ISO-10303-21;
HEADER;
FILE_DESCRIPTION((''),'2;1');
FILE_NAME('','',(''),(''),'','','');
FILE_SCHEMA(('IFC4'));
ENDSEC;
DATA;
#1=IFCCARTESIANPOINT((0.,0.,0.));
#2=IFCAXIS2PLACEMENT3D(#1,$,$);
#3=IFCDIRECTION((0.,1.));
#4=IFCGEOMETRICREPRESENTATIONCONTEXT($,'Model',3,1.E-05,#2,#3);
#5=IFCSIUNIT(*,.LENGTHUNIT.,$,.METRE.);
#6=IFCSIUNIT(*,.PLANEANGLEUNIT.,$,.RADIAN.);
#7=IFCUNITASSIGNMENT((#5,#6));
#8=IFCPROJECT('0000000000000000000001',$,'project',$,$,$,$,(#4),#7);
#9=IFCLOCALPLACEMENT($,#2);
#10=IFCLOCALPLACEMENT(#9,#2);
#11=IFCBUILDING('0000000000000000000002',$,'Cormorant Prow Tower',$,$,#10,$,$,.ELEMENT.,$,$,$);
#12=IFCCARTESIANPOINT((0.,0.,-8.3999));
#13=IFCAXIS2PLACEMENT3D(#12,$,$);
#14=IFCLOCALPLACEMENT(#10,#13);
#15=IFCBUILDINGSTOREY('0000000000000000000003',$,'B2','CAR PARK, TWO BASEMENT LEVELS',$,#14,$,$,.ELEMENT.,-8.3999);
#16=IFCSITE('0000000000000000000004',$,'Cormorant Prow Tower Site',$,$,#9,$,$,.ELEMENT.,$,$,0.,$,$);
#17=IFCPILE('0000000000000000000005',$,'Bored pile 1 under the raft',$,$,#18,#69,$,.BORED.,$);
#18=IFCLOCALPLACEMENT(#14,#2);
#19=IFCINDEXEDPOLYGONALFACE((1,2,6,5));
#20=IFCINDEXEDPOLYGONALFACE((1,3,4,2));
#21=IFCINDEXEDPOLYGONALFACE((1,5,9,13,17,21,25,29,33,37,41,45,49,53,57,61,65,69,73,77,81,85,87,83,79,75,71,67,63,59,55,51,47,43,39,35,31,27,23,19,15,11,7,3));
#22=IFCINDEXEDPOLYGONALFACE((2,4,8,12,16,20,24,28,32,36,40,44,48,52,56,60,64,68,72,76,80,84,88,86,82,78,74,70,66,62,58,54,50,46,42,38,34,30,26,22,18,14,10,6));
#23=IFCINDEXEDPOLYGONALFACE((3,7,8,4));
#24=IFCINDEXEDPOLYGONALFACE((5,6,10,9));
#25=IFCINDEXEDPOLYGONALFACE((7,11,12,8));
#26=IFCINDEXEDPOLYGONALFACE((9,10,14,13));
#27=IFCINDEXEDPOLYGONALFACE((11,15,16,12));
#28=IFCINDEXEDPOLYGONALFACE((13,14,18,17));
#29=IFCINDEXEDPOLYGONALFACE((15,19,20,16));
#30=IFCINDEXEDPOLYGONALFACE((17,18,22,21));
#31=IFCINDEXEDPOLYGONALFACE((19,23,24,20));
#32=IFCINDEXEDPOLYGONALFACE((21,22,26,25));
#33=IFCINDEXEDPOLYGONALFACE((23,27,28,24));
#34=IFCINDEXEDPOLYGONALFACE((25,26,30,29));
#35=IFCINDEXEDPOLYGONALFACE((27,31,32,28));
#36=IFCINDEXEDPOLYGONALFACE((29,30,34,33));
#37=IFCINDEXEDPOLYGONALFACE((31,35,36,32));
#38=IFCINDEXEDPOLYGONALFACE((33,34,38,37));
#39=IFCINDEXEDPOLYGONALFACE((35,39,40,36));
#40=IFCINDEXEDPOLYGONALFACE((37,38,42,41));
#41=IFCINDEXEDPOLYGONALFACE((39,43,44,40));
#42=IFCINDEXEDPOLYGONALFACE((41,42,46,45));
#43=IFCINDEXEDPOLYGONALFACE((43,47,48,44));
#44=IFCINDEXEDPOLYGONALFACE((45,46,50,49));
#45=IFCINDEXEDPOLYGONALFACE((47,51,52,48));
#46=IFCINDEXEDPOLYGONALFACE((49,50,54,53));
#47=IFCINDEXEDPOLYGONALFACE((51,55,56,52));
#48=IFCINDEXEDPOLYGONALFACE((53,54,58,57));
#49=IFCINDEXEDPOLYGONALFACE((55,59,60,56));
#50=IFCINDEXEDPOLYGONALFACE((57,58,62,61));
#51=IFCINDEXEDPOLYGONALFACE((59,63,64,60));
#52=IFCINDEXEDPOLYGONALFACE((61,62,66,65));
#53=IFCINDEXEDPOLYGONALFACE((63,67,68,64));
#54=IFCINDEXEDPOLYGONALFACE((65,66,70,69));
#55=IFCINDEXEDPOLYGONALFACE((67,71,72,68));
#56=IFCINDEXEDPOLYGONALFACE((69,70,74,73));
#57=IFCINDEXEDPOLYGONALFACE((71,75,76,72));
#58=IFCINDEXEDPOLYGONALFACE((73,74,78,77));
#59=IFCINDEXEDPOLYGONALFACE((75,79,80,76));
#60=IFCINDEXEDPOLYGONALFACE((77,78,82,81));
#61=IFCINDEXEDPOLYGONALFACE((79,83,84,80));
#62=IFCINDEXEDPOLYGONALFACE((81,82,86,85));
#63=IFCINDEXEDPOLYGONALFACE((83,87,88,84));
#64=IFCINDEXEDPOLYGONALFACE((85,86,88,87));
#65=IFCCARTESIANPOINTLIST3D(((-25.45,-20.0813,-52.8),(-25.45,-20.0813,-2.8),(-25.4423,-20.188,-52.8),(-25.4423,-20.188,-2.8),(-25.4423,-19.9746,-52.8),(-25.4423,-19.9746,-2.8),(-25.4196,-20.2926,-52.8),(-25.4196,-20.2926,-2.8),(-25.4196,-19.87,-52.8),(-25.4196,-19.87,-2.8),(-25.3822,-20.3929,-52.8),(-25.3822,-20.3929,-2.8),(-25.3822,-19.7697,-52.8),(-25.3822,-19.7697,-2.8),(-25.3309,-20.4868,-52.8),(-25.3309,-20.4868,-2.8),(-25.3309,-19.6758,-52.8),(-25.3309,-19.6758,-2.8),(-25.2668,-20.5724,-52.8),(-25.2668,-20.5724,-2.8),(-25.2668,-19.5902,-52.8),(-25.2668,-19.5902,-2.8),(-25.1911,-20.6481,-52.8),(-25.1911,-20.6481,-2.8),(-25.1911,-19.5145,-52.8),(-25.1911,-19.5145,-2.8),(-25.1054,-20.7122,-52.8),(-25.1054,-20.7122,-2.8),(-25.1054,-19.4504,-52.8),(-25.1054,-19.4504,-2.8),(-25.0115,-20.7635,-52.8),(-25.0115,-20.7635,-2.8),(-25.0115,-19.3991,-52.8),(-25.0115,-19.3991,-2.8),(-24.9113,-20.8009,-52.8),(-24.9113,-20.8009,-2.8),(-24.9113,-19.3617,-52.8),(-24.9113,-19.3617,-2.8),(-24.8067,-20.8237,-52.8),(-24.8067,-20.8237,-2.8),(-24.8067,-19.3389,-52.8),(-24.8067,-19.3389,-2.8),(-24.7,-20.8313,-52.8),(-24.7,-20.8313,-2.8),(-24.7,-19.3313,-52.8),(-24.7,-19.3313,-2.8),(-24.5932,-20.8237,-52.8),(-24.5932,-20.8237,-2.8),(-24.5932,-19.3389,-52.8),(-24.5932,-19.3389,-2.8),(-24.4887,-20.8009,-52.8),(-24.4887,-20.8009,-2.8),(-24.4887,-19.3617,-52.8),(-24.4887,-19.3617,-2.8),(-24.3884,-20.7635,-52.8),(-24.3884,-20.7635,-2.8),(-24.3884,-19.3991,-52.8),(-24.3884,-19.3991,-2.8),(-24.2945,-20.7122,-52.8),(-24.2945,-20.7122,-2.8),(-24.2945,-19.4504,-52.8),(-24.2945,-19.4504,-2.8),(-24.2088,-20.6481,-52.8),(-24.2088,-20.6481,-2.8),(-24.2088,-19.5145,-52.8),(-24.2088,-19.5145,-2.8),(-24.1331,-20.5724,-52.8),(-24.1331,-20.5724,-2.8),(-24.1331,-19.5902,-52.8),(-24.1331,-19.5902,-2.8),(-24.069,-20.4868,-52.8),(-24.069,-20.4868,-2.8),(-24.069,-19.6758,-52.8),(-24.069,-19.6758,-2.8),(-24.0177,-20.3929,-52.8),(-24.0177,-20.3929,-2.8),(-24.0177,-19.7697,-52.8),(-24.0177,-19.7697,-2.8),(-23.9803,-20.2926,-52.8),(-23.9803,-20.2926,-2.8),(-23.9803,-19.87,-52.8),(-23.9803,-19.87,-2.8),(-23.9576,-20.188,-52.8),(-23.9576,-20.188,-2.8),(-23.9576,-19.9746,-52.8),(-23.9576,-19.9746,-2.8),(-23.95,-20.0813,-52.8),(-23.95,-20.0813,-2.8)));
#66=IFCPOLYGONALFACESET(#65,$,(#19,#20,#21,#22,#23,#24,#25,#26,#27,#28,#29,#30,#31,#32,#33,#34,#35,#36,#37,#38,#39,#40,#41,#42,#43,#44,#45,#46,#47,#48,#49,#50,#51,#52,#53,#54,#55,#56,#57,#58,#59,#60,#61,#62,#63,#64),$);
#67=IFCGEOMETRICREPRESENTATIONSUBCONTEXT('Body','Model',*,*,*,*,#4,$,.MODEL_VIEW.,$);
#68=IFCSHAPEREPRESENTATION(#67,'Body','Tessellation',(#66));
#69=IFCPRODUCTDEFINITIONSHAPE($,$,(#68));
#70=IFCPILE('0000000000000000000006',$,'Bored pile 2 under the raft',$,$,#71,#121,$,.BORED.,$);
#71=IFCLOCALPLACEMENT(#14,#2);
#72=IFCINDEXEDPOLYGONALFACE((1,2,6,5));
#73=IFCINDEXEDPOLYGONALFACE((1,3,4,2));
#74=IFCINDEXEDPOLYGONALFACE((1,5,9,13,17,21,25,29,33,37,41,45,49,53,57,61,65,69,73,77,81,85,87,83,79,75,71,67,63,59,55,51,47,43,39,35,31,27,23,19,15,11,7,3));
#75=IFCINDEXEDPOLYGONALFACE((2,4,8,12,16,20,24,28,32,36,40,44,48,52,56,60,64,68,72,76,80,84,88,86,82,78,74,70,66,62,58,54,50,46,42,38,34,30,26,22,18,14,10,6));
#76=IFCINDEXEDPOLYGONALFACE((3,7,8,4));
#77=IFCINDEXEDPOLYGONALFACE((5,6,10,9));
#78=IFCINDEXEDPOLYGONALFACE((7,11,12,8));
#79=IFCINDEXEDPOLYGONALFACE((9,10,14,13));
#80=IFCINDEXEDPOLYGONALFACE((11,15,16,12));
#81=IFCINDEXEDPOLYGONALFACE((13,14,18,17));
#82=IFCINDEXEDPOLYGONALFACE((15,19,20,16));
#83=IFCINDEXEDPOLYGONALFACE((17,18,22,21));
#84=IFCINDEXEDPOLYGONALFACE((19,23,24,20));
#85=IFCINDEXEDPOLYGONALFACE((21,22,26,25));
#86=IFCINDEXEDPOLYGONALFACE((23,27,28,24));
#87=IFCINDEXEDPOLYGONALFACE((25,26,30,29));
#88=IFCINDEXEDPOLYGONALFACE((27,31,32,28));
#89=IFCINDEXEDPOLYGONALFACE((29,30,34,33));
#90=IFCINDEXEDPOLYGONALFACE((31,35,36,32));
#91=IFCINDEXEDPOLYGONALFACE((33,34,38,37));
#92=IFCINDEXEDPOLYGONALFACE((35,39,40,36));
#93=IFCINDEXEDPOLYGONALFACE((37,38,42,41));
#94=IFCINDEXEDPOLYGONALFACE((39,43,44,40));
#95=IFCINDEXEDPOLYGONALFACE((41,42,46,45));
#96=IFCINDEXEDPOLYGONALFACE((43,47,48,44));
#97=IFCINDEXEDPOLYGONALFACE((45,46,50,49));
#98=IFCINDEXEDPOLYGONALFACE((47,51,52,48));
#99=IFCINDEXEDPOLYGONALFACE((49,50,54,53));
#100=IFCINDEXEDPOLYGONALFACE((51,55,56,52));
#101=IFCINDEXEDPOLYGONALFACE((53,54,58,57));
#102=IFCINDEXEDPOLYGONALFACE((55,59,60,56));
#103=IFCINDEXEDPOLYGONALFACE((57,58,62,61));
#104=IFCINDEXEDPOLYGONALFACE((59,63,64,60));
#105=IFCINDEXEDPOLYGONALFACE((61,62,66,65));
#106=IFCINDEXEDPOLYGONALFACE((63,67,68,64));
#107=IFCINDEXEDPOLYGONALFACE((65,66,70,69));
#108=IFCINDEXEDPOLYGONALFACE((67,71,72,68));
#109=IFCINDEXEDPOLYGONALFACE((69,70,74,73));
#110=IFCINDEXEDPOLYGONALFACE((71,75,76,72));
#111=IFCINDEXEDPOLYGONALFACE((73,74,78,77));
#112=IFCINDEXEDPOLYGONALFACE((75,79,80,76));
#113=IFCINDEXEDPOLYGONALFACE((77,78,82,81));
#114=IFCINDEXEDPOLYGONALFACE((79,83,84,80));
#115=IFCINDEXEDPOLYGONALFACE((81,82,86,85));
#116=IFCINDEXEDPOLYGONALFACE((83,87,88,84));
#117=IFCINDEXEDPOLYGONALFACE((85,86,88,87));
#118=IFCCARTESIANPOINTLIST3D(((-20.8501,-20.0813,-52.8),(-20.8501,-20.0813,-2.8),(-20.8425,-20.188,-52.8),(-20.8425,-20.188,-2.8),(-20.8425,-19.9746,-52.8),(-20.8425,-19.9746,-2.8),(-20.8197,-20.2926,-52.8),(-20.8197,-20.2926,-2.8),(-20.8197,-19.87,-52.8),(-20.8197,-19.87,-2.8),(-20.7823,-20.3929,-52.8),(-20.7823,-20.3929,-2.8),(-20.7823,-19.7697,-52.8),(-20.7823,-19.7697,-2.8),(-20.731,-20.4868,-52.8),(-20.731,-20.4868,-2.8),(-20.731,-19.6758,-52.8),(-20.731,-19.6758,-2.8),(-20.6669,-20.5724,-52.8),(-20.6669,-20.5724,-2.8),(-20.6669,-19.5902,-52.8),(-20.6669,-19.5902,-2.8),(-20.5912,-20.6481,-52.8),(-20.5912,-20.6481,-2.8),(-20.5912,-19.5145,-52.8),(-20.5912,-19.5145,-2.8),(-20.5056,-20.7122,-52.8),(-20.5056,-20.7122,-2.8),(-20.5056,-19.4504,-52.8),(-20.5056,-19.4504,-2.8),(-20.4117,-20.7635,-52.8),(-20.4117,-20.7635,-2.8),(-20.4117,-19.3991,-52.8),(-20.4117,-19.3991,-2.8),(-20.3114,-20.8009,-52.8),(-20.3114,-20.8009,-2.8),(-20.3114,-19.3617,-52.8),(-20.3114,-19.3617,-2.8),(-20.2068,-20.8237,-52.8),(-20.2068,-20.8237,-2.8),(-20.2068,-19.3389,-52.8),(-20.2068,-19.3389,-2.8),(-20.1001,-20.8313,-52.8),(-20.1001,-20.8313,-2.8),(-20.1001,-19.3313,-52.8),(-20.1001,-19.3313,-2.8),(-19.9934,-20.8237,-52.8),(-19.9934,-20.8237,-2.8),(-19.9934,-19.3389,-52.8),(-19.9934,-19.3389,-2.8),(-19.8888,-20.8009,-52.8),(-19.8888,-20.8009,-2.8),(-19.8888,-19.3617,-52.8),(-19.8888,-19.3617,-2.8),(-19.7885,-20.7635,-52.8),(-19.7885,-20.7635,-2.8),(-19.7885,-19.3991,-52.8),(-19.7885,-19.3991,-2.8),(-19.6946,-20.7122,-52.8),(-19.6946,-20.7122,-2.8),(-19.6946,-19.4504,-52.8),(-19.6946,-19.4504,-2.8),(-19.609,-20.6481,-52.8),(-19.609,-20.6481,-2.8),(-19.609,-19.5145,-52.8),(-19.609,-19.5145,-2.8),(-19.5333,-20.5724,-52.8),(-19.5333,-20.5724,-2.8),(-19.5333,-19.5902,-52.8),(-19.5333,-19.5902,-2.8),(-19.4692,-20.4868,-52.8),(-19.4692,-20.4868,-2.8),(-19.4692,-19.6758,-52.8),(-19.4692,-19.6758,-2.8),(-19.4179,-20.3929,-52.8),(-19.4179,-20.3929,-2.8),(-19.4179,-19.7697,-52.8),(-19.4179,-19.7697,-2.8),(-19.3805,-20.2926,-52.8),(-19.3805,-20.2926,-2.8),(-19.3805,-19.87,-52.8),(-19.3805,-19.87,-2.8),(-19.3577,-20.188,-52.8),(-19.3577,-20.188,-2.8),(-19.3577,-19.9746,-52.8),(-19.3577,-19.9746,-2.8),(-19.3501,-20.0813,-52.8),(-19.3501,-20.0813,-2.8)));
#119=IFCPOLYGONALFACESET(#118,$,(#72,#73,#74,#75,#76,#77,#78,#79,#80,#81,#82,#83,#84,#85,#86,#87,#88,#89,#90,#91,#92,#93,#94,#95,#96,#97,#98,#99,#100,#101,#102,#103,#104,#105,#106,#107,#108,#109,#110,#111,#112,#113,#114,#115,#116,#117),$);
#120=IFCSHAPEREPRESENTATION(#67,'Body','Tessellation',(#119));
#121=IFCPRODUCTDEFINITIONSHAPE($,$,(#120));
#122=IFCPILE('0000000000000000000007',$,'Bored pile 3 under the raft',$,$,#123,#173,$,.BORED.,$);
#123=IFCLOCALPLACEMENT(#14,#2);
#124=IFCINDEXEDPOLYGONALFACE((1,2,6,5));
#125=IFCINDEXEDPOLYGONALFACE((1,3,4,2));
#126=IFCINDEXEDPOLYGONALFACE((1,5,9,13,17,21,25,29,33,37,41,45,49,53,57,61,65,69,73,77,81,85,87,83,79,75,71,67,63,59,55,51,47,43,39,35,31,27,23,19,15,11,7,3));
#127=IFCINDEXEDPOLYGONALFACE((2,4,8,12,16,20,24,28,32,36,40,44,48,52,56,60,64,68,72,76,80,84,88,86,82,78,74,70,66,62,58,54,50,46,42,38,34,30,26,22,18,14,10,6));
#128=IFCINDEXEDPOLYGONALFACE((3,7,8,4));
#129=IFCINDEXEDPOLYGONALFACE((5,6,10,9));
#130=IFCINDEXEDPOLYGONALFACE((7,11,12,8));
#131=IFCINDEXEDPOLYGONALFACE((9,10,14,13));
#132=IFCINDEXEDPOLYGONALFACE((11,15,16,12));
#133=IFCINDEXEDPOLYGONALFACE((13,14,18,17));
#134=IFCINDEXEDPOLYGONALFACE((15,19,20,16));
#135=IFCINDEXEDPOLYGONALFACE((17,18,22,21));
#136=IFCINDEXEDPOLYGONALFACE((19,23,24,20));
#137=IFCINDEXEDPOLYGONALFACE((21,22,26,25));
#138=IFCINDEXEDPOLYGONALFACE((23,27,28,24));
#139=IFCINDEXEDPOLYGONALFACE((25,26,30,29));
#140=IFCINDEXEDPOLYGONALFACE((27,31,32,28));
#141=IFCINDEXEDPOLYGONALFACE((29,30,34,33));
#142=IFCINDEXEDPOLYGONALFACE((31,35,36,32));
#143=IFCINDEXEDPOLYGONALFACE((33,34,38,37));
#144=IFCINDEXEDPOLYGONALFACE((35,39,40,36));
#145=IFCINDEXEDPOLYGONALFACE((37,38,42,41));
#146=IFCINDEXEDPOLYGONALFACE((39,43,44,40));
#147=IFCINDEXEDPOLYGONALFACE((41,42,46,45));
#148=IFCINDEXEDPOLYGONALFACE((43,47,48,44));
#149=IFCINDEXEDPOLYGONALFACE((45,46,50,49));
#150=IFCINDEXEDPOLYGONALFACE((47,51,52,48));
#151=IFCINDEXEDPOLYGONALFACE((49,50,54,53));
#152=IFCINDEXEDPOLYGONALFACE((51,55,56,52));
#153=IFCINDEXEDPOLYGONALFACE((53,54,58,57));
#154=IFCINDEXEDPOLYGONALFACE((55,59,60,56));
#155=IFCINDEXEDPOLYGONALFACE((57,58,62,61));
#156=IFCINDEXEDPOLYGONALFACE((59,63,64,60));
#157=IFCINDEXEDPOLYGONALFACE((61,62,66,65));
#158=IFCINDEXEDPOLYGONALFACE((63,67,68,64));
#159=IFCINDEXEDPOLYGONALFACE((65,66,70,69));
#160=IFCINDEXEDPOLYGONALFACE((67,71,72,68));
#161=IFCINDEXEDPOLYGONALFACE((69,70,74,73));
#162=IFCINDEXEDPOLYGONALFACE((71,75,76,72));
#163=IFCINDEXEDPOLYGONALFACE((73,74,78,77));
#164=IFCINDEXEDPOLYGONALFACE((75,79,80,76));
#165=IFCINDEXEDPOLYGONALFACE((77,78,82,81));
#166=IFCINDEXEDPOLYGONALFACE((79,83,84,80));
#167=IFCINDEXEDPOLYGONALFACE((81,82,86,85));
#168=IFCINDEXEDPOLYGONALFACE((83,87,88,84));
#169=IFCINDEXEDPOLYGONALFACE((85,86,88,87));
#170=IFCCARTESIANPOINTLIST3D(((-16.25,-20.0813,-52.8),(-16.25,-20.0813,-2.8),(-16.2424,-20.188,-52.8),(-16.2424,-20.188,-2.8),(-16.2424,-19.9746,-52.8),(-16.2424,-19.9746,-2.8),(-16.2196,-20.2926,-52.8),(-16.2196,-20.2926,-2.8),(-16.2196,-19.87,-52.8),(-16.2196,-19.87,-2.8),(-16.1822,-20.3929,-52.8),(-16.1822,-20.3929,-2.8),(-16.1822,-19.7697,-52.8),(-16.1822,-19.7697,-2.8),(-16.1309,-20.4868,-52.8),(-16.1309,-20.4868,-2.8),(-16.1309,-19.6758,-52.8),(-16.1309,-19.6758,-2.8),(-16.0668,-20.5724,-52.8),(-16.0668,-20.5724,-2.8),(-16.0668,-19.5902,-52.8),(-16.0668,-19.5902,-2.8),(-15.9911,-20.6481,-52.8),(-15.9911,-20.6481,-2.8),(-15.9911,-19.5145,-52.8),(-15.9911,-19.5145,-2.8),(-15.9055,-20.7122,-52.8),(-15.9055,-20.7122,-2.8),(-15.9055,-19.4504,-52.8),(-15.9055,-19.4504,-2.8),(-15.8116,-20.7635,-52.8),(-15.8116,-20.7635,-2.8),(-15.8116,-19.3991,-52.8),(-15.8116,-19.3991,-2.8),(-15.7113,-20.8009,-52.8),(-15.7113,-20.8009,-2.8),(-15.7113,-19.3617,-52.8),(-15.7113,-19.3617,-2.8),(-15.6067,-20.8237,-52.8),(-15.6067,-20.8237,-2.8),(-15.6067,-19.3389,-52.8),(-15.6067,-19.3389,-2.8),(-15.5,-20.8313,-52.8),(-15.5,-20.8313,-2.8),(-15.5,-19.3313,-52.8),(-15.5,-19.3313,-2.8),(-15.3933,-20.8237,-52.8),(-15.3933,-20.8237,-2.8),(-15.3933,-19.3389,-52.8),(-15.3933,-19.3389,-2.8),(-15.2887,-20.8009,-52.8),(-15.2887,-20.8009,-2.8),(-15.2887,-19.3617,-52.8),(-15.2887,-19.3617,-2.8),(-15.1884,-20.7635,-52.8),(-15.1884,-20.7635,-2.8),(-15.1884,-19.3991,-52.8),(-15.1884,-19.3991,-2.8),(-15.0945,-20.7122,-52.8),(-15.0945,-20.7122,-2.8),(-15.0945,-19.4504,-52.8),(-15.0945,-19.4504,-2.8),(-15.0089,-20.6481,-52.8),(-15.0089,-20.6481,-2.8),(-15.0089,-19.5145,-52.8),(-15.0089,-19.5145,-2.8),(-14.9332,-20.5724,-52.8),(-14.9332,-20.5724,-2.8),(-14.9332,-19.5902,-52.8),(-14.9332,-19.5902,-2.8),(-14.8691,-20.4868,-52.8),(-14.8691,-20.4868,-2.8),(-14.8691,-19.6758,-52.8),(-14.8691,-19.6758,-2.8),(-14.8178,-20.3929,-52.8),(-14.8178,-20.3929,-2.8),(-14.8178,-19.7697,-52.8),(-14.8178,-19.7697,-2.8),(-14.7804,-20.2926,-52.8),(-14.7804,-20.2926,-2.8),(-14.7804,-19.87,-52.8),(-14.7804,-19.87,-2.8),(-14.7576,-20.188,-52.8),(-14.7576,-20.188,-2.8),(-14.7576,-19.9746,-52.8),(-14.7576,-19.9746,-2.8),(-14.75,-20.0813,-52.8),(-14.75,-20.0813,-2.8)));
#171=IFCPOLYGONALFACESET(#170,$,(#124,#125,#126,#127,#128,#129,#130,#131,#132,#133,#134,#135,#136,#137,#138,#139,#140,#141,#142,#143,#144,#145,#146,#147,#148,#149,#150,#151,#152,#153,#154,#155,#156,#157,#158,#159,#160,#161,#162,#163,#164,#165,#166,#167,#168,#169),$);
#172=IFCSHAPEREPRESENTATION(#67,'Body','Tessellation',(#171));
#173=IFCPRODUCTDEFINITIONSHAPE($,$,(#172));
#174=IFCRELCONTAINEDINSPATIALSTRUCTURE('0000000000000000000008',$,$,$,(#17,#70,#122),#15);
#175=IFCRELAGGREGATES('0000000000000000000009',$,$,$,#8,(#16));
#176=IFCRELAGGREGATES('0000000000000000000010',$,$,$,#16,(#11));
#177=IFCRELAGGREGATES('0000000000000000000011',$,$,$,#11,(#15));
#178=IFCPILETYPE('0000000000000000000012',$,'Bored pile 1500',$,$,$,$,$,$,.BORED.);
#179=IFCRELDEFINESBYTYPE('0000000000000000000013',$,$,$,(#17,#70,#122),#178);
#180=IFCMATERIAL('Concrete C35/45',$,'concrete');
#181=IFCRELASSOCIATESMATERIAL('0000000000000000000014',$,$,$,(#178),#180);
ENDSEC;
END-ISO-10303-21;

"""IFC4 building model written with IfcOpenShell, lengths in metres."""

from ifc_helpers import new_model, si_unit, direction, frame, origin, origin_2d, place, context, subcontext, project, spatial, circle, extrude, material, material_profile, profile_set, type_object, element, save


model = new_model("IFC4")

# Units and contexts
model_context = context("Model", 3, precision=1e-05, world=origin(), true_north=direction((0.0, 1.0)))
body_context = subcontext(model_context, "Body", "Model", "MODEL_VIEW")
ifc_project = project(units=[si_unit("LENGTHUNIT", "METRE"), si_unit("PLANEANGLEUNIT", "RADIAN")], contexts=[model_context])

# Site, building, storey
site_placement = place(None, origin())
site = spatial("IfcSite", under=ifc_project, at=site_placement, Name="Cormorant Prow Tower Site", CompositionType="ELEMENT", RefElevation=0.0)
building_placement = place(site_placement, origin())
building = spatial("IfcBuilding", under=site, at=building_placement, Name="Cormorant Prow Tower", CompositionType="ELEMENT")
storey_placement = place(building_placement, frame((0.0, 0.0, -8.3999)))
storey = spatial("IfcBuildingStorey", under=building, at=storey_placement, Name="B2", Description="CAR PARK, TWO BASEMENT LEVELS", CompositionType="ELEMENT", Elevation=-8.3999)

# Piles
ifc_material_1 = material(Name="Concrete C35/45", Category="concrete")
ifc_material_profile_1 = material_profile(ifc_material_1, circle(Radius=0.75, at=origin_2d()), Name="Round 1500")
ifc_profile_set_1 = profile_set([ifc_material_profile_1], Name="Concrete C35/45")
pile_type_1 = type_object("IfcPileType", Name="Bored pile 1500", PredefinedType="BORED", material=ifc_profile_set_1)
for number, where, z_axis, x_axis, name in (
    (1, (-24.7, -20.0813, -2.8), (0.0, 0.0, -1.0), (1.0, 0.0, 0.0), "Bored pile 1 under the raft"),
    (2, (-20.1001, -20.0813, -2.8), (0.0, 0.0, -1.0), (1.0, 0.0, 0.0), "Bored pile 2 under the raft"),
    (3, (-15.5, -20.0813, -2.8), (0.0, 0.0, -1.0), (1.0, 0.0, 0.0), "Bored pile 3 under the raft"),
):
    element("IfcPile", number, at=place(storey_placement, frame(where, z_axis=z_axis, x_axis=x_axis)), inside=storey, type_object=pile_type_1, Name=name, PredefinedType="BORED", context=body_context, shape_type="SweptSolid", body=[
        extrude(circle(Radius=0.75, at=origin_2d()), origin(), (0.0, 0.0, 1.0), 50.0),
    ])

save(model, "model.ifc")
